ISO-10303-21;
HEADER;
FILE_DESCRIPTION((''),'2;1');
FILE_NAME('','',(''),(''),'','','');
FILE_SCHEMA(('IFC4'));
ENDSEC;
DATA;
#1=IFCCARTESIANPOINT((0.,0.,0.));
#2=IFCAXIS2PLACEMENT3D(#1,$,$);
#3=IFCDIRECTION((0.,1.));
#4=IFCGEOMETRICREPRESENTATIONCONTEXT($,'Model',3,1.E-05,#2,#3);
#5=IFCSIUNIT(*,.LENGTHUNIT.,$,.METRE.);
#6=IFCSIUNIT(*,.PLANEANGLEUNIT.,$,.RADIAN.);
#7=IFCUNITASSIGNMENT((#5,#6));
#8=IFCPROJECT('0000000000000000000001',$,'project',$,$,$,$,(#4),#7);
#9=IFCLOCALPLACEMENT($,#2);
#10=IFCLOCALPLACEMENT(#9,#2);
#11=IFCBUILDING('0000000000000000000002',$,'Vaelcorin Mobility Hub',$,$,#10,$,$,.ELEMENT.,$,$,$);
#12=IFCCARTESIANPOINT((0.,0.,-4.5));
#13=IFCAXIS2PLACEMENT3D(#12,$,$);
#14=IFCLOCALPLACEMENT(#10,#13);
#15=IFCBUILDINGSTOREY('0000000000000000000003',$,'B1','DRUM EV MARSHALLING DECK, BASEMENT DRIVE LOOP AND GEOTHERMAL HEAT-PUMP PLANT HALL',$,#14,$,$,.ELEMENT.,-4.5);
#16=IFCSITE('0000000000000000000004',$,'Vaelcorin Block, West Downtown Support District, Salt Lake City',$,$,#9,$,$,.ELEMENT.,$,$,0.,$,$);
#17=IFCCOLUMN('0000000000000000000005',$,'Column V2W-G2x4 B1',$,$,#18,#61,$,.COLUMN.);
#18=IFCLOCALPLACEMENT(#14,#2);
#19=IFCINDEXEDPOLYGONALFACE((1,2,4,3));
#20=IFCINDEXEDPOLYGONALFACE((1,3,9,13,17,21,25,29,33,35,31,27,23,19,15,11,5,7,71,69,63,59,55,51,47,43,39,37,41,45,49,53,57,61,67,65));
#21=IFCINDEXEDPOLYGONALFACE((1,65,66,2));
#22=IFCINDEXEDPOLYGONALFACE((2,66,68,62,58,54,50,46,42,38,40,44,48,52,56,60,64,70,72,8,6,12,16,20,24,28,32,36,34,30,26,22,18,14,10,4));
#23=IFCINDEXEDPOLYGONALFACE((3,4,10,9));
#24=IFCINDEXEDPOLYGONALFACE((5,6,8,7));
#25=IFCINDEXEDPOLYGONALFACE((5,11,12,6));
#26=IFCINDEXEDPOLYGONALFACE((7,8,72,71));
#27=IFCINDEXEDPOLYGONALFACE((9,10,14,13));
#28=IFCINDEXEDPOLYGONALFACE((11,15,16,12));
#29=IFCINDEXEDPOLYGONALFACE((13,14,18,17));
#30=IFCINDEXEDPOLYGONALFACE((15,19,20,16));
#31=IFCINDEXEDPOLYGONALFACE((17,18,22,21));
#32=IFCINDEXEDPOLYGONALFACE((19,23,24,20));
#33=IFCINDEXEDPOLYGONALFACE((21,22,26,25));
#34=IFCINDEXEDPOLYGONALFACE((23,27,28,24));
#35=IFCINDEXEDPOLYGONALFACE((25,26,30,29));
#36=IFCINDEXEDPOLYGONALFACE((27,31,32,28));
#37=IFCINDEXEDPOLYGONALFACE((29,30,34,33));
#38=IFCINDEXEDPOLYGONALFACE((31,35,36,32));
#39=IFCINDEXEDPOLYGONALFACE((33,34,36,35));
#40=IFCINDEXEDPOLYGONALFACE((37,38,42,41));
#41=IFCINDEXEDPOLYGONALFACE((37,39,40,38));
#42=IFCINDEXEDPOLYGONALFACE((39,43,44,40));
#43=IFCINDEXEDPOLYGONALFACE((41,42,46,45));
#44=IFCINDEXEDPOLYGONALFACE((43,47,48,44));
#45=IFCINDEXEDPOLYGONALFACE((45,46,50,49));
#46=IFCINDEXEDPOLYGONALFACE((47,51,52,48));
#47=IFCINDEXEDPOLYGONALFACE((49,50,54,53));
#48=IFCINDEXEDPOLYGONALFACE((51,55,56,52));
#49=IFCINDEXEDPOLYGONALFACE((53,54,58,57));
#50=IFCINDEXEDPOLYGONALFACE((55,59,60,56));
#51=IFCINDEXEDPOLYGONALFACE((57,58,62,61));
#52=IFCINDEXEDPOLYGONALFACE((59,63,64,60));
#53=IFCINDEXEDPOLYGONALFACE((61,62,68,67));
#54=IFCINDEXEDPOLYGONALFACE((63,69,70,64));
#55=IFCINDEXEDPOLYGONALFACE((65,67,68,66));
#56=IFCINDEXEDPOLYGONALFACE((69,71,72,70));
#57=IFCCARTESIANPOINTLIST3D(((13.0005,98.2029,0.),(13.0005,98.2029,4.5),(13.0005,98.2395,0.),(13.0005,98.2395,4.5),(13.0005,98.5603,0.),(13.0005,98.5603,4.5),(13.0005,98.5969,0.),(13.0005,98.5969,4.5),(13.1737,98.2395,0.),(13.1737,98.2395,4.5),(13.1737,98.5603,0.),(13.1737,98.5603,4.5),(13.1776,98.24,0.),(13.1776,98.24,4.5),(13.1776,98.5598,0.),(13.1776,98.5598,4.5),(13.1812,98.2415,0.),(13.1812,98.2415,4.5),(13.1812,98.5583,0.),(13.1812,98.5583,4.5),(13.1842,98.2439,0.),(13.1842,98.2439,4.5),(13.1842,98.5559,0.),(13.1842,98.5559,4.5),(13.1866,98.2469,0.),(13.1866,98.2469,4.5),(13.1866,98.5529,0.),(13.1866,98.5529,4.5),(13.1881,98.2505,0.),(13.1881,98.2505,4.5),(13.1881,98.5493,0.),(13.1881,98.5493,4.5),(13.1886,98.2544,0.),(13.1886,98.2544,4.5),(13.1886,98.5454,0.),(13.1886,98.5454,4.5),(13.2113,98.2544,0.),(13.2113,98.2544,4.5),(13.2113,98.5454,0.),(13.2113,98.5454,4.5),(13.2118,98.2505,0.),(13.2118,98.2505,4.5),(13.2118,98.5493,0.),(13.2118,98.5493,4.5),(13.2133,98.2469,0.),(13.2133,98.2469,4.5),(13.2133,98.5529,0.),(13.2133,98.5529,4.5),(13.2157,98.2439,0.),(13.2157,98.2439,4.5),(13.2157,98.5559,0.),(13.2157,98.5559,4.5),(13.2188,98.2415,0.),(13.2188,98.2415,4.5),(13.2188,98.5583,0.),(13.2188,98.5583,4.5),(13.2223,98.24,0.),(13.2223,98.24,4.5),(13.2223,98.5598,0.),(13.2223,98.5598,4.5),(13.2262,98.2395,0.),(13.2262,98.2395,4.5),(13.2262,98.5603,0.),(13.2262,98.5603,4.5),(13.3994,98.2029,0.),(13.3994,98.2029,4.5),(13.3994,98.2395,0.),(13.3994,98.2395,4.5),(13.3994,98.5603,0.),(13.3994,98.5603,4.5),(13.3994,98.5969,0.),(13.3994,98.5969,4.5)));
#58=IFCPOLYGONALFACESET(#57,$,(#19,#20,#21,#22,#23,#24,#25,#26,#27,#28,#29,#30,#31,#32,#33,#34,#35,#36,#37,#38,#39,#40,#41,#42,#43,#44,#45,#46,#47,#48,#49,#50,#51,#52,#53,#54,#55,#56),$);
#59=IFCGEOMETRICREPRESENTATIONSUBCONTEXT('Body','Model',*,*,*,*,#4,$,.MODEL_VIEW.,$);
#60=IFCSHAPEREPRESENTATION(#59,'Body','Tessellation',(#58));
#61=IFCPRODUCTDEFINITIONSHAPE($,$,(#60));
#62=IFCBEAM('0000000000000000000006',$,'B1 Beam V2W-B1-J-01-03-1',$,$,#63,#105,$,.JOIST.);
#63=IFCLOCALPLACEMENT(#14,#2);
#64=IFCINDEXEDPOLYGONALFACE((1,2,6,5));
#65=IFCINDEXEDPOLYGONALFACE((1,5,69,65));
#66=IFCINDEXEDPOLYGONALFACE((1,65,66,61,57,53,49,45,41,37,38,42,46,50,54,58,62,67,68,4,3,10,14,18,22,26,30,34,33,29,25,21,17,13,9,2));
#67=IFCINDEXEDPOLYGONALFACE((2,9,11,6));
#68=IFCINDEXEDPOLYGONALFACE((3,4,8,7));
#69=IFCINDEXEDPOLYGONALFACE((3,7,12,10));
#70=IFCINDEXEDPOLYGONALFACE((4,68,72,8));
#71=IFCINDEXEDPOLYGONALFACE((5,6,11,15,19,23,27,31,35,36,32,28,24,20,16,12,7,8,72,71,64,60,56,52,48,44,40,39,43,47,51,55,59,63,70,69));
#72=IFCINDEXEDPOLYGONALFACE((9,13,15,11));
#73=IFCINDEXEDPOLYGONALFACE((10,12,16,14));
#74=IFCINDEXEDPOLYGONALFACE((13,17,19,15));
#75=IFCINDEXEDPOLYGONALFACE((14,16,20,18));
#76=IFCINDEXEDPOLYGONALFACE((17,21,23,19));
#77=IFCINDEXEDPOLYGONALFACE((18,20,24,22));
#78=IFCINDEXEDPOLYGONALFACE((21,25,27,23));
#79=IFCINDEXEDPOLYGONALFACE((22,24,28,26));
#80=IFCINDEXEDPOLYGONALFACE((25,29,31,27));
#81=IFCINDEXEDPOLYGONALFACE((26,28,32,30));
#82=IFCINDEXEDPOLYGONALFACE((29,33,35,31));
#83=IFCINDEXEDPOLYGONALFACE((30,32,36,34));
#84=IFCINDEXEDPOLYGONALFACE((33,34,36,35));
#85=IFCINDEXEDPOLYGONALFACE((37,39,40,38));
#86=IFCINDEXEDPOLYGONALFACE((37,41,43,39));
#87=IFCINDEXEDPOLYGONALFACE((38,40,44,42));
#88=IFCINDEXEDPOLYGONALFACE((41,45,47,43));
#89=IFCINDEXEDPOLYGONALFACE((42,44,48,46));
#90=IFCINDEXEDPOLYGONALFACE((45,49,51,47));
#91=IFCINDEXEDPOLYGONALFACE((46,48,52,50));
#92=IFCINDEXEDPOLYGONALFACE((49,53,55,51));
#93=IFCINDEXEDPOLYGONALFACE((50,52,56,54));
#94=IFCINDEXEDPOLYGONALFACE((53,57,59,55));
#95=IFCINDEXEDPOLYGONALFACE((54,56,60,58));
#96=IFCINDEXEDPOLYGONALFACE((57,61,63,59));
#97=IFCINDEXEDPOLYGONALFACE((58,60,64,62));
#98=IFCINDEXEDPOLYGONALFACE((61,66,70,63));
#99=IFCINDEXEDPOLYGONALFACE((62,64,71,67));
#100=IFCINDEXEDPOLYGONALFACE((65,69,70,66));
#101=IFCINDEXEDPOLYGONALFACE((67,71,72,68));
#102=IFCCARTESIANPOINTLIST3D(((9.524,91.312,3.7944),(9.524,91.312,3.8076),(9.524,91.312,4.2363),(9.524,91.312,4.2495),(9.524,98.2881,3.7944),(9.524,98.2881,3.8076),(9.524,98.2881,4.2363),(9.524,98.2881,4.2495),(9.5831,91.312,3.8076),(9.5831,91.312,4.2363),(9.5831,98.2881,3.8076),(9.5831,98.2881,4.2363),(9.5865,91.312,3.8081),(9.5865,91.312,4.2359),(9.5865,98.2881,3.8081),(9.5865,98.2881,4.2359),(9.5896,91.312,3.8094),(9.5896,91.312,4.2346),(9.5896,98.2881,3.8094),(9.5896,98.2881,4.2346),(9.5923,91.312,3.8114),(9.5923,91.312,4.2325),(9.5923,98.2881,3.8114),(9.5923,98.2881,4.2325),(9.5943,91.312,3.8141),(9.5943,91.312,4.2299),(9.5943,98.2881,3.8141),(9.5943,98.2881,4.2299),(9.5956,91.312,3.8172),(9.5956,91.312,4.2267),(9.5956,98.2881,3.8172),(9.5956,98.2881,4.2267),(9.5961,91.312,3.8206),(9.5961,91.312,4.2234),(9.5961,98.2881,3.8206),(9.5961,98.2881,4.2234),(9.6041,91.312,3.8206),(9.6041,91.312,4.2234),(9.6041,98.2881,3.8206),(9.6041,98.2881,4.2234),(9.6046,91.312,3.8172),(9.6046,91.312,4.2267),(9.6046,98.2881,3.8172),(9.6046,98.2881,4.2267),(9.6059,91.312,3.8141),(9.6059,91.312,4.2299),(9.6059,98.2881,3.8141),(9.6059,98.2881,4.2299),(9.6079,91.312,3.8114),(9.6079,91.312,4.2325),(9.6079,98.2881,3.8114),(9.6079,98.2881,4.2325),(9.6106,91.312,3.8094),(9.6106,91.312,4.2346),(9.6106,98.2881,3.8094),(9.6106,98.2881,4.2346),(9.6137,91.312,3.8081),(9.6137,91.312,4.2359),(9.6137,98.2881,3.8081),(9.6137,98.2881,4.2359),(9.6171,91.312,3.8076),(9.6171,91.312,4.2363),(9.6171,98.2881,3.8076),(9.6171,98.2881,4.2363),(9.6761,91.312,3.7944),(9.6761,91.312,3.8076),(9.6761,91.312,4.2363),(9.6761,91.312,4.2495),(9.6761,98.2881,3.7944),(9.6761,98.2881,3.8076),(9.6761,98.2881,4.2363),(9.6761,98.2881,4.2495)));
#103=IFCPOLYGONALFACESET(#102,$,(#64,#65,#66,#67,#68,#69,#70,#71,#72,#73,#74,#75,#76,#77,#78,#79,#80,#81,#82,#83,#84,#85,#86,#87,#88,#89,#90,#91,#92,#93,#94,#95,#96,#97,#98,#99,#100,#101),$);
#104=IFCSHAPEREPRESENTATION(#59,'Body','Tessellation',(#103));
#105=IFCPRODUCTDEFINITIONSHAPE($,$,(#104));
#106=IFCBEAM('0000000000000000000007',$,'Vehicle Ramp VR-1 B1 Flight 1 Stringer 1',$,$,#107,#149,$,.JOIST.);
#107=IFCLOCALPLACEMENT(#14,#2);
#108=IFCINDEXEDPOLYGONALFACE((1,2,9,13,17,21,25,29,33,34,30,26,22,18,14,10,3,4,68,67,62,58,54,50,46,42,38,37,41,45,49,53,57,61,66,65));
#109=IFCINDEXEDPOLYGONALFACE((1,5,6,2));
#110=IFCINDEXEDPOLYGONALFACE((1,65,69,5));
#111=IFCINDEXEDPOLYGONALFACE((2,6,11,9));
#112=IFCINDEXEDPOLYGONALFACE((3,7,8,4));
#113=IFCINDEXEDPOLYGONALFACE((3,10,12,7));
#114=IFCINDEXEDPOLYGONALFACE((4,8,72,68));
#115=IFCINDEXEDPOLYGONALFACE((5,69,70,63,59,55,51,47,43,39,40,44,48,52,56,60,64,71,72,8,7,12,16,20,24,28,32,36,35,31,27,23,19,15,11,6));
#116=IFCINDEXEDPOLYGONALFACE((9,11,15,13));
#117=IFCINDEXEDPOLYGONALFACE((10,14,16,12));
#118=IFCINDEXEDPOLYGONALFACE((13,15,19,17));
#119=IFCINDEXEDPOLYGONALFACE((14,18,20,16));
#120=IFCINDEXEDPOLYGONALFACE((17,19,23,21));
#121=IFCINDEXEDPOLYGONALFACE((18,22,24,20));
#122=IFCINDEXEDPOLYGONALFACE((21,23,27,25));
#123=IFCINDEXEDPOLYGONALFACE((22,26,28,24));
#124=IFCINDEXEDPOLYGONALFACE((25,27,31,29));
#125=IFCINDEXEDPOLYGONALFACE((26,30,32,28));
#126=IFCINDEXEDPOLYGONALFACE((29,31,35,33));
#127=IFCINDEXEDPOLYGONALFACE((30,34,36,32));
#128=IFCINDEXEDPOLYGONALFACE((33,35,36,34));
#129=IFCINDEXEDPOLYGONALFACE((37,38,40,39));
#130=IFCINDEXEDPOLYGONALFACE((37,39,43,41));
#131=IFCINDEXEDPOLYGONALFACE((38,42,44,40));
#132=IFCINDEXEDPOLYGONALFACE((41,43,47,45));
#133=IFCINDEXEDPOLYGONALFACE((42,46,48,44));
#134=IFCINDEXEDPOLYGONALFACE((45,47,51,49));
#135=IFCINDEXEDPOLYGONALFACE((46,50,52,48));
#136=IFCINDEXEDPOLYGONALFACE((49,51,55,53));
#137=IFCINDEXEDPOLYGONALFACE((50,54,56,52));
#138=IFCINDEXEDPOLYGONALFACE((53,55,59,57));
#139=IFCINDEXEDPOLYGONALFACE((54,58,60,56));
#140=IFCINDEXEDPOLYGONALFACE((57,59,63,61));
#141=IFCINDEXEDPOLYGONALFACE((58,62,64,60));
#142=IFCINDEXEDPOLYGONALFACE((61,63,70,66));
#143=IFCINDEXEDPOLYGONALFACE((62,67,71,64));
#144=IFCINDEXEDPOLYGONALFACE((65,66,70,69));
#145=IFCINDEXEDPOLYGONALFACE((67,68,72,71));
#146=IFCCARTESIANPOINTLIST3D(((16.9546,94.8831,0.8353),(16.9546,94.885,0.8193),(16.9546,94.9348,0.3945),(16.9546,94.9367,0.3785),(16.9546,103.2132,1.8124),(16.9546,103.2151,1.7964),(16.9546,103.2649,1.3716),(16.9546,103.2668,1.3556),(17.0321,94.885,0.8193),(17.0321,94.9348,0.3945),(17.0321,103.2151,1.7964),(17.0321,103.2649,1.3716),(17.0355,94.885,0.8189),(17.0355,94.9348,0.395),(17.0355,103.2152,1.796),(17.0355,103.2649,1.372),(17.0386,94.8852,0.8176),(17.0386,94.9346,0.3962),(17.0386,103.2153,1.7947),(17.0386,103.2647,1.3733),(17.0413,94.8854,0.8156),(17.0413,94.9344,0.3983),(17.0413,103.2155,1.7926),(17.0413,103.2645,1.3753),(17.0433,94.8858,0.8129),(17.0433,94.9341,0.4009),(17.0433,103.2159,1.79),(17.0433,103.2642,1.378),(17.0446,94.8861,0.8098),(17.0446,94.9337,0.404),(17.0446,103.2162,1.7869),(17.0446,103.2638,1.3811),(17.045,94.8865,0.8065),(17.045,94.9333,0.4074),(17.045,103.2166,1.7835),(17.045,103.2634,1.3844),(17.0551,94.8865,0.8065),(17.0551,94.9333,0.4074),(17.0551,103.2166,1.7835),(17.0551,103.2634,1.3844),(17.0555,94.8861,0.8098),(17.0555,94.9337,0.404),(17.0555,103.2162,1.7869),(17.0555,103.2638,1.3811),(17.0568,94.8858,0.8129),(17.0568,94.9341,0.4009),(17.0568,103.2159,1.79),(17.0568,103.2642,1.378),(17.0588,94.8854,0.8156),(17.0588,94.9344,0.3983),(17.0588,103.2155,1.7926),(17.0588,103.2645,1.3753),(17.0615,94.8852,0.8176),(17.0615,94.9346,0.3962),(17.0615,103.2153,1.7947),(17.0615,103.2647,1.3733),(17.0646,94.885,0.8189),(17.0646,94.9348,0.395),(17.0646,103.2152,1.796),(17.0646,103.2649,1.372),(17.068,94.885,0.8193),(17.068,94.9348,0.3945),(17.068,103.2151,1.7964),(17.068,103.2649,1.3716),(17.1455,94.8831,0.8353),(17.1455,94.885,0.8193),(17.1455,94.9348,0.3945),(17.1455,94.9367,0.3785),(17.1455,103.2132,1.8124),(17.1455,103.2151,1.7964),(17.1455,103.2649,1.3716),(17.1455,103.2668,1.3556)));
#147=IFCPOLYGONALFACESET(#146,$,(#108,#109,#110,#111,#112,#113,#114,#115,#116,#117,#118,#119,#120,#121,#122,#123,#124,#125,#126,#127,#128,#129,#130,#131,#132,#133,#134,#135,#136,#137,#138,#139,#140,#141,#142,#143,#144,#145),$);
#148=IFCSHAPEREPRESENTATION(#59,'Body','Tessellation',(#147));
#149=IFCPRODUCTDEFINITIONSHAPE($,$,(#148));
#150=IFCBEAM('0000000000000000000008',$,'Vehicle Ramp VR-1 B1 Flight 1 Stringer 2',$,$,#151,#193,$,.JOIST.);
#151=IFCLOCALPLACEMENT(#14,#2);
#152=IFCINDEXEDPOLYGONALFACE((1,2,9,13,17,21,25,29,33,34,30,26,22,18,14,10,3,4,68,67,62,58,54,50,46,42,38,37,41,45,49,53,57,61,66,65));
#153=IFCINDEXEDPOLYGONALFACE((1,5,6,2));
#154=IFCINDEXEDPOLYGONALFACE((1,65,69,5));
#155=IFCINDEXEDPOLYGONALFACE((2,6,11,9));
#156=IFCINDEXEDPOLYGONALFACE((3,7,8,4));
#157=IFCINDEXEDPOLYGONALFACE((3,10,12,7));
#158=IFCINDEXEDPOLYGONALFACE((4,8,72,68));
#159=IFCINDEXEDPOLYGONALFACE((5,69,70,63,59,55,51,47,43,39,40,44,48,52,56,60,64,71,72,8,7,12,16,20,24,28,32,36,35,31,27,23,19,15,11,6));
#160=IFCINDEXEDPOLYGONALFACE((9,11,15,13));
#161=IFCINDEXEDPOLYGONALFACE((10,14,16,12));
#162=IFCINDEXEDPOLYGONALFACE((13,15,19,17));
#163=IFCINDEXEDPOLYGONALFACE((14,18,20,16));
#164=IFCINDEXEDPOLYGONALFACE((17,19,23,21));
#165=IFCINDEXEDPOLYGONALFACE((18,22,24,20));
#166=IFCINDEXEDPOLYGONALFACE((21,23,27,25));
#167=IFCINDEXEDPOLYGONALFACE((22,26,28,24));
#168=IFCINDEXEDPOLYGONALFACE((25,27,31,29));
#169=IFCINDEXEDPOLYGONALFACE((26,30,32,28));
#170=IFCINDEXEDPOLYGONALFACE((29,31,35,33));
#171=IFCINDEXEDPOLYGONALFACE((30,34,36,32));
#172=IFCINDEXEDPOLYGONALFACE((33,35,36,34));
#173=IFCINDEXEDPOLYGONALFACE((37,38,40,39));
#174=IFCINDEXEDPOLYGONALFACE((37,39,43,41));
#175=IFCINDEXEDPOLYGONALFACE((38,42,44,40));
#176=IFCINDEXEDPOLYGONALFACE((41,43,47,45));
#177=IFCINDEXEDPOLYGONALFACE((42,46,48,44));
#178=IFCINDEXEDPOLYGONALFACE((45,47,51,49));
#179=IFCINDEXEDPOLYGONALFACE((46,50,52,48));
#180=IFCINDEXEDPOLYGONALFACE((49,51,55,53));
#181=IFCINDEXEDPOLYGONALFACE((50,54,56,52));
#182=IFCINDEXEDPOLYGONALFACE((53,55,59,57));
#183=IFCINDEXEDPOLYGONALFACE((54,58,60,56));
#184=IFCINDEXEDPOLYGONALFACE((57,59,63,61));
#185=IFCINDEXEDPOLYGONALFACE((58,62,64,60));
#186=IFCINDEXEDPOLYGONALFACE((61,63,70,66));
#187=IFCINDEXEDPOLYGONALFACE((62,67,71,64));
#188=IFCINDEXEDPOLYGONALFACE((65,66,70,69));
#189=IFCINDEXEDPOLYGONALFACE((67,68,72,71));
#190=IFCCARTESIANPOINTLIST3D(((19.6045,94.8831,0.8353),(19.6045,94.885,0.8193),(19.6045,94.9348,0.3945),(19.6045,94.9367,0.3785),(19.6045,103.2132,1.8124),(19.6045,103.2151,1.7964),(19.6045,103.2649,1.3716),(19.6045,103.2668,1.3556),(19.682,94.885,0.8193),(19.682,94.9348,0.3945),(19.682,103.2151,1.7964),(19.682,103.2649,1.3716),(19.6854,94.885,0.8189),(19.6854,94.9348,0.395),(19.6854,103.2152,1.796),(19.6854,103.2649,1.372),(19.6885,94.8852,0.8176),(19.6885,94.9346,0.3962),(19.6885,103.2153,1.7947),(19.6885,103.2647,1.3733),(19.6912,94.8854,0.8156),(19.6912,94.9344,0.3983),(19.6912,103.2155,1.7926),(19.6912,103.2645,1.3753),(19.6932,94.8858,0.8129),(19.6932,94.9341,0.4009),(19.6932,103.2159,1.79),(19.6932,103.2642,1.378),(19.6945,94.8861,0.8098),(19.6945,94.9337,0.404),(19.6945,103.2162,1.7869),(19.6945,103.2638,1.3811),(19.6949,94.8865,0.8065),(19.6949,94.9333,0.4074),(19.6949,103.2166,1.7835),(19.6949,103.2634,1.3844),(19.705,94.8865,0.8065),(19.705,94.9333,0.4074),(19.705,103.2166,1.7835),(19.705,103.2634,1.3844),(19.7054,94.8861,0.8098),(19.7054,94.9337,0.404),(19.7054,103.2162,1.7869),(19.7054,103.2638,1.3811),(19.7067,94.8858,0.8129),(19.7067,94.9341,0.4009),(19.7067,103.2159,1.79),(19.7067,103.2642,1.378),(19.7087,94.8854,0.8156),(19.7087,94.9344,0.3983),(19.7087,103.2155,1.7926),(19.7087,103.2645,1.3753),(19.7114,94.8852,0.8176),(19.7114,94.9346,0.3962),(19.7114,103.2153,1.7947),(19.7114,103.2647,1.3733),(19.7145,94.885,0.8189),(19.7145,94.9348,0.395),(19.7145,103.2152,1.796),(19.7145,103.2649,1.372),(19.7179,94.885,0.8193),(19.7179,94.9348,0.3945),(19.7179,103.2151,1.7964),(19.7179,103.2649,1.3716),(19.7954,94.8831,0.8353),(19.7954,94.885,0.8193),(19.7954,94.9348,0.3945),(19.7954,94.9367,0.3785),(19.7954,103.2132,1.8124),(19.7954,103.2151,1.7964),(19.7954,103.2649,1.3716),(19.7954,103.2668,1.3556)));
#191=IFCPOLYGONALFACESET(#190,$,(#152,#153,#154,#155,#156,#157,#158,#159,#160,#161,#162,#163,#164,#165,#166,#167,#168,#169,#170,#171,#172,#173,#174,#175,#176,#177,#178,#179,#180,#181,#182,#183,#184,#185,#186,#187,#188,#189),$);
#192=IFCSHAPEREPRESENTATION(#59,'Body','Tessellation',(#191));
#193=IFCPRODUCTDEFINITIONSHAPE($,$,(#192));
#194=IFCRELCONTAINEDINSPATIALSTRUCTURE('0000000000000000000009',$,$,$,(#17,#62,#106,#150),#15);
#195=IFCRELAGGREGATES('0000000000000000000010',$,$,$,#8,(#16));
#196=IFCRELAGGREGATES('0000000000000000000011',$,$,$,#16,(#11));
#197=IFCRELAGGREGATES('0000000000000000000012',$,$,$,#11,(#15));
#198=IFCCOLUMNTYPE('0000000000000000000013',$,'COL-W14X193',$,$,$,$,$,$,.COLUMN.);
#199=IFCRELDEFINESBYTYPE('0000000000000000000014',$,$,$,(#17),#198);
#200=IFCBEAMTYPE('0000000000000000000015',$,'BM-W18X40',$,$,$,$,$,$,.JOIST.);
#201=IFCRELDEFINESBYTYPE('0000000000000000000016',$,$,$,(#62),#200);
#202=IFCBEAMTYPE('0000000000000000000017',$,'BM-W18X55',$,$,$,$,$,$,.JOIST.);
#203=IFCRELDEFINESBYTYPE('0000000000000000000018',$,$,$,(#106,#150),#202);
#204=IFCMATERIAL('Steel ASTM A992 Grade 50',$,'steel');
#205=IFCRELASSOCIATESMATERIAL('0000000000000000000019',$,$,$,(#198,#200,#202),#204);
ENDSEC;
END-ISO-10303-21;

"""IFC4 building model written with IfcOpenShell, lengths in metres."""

from ifc_helpers import new_model, si_unit, direction, frame, origin, origin_2d, place, context, subcontext, project, spatial, i_section, extrude, material, material_profile, profile_set, type_object, element, save


model = new_model("IFC4")

# Units and contexts
model_context = context("Model", 3, precision=1e-05, world=origin(), true_north=direction((0.0, 1.0)))
body_context = subcontext(model_context, "Body", "Model", "MODEL_VIEW")
ifc_project = project(units=[si_unit("LENGTHUNIT", "METRE"), si_unit("PLANEANGLEUNIT", "RADIAN")], contexts=[model_context])

# Site, building, storey
site_placement = place(None, origin())
site = spatial("IfcSite", under=ifc_project, at=site_placement, Name="Vaelcorin Block, West Downtown Support District, Salt Lake City", CompositionType="ELEMENT", RefElevation=0.0)
building_placement = place(site_placement, origin())
building = spatial("IfcBuilding", under=site, at=building_placement, Name="Vaelcorin Mobility Hub", CompositionType="ELEMENT")
storey_placement = place(building_placement, frame((0.0, 0.0, -4.5)))
storey = spatial("IfcBuildingStorey", under=building, at=storey_placement, Name="B1", Description="DRUM EV MARSHALLING DECK, BASEMENT DRIVE LOOP AND GEOTHERMAL HEAT-PUMP PLANT HALL", CompositionType="ELEMENT", Elevation=-4.5)

# Column
ifc_material_1 = material(Name="Steel ASTM A992 Grade 50", Category="steel")
ifc_material_profile_1 = material_profile(ifc_material_1, i_section(OverallWidth=0.3989, OverallDepth=0.394, WebThickness=0.0227, FlangeThickness=0.0366, FilletRadius=0.0149, at=origin_2d()), Name="W14X193")
ifc_profile_set_1 = profile_set([ifc_material_profile_1], Name="Steel ASTM A992 Grade 50")
column_type_1 = type_object("IfcColumnType", Name="COL-W14X193", PredefinedType="COLUMN", material=ifc_profile_set_1)
for number, where, z_axis, x_axis, name in (
    (1, (13.2, 98.3999, 0.0), (0.0, 0.0, 1.0), (1.0, 0.0, 0.0), "Column V2W-G2x4 B1"),
):
    element("IfcColumn", number, at=place(storey_placement, frame(where, z_axis=z_axis, x_axis=x_axis)), inside=storey, type_object=column_type_1, Name=name, PredefinedType="COLUMN", context=body_context, shape_type="SweptSolid", body=[
        extrude(i_section(OverallWidth=0.3989, OverallDepth=0.394, WebThickness=0.0227, FlangeThickness=0.0366, FilletRadius=0.0149, at=origin_2d()), origin(), (0.0, 0.0, 1.0), 4.5),
    ])

# Beams
ifc_material_profile_2 = material_profile(ifc_material_1, i_section(OverallWidth=0.1521, OverallDepth=0.4551, WebThickness=0.0081, FlangeThickness=0.0132, FilletRadius=0.0129, at=origin_2d()), Name="W18X40")
ifc_profile_set_2 = profile_set([ifc_material_profile_2], Name="Steel ASTM A992 Grade 50")
beam_type_1 = type_object("IfcBeamType", Name="BM-W18X40", PredefinedType="JOIST", material=ifc_profile_set_2)
beam_1_placement = place(storey_placement, frame((9.6001, 91.312, 4.022), z_axis=(0.0, 1.0, 0.0), x_axis=(-1.0, 0.0, 0.0)))
element("IfcBeam", 2, at=beam_1_placement, inside=storey, type_object=beam_type_1, Name="B1 Beam V2W-B1-J-01-03-1", PredefinedType="JOIST", context=body_context, shape_type="SweptSolid", body=[
    extrude(i_section(OverallWidth=0.1521, OverallDepth=0.4551, WebThickness=0.0081, FlangeThickness=0.0132, FilletRadius=0.0129, at=origin_2d()), origin(), (0.0, 0.0, 1.0), 6.9761),
])
ifc_material_profile_3 = material_profile(ifc_material_1, i_section(OverallWidth=0.1909, OverallDepth=0.46, WebThickness=0.01, FlangeThickness=0.0161, FilletRadius=0.0129, at=origin_2d()), Name="W18X55")
ifc_profile_set_3 = profile_set([ifc_material_profile_3], Name="Steel ASTM A992 Grade 50")
beam_type_2 = type_object("IfcBeamType", Name="BM-W18X55", PredefinedType="JOIST", material=ifc_profile_set_3)
for number, where, z_axis, x_axis, name in (
    (3, (17.05, 94.9099, 0.6069), (0.0, 0.993191, 0.116493), (-1.0, 0.0, 0.0), "Vehicle Ramp VR-1 B1 Flight 1 Stringer 1"),
    (4, (19.7, 94.9099, 0.6069), (0.0, 0.993191, 0.116493), (-1.0, 0.0, 0.0), "Vehicle Ramp VR-1 B1 Flight 1 Stringer 2"),
):
    element("IfcBeam", number, at=place(storey_placement, frame(where, z_axis=z_axis, x_axis=x_axis)), inside=storey, type_object=beam_type_2, Name=name, PredefinedType="JOIST", context=body_context, shape_type="SweptSolid", body=[
        extrude(i_section(OverallWidth=0.1909, OverallDepth=0.46, WebThickness=0.01, FlangeThickness=0.0161, FilletRadius=0.0129, at=origin_2d()), origin(), (0.0, 0.0, 1.0), 8.3872),
    ])

save(model, "model.ifc")
